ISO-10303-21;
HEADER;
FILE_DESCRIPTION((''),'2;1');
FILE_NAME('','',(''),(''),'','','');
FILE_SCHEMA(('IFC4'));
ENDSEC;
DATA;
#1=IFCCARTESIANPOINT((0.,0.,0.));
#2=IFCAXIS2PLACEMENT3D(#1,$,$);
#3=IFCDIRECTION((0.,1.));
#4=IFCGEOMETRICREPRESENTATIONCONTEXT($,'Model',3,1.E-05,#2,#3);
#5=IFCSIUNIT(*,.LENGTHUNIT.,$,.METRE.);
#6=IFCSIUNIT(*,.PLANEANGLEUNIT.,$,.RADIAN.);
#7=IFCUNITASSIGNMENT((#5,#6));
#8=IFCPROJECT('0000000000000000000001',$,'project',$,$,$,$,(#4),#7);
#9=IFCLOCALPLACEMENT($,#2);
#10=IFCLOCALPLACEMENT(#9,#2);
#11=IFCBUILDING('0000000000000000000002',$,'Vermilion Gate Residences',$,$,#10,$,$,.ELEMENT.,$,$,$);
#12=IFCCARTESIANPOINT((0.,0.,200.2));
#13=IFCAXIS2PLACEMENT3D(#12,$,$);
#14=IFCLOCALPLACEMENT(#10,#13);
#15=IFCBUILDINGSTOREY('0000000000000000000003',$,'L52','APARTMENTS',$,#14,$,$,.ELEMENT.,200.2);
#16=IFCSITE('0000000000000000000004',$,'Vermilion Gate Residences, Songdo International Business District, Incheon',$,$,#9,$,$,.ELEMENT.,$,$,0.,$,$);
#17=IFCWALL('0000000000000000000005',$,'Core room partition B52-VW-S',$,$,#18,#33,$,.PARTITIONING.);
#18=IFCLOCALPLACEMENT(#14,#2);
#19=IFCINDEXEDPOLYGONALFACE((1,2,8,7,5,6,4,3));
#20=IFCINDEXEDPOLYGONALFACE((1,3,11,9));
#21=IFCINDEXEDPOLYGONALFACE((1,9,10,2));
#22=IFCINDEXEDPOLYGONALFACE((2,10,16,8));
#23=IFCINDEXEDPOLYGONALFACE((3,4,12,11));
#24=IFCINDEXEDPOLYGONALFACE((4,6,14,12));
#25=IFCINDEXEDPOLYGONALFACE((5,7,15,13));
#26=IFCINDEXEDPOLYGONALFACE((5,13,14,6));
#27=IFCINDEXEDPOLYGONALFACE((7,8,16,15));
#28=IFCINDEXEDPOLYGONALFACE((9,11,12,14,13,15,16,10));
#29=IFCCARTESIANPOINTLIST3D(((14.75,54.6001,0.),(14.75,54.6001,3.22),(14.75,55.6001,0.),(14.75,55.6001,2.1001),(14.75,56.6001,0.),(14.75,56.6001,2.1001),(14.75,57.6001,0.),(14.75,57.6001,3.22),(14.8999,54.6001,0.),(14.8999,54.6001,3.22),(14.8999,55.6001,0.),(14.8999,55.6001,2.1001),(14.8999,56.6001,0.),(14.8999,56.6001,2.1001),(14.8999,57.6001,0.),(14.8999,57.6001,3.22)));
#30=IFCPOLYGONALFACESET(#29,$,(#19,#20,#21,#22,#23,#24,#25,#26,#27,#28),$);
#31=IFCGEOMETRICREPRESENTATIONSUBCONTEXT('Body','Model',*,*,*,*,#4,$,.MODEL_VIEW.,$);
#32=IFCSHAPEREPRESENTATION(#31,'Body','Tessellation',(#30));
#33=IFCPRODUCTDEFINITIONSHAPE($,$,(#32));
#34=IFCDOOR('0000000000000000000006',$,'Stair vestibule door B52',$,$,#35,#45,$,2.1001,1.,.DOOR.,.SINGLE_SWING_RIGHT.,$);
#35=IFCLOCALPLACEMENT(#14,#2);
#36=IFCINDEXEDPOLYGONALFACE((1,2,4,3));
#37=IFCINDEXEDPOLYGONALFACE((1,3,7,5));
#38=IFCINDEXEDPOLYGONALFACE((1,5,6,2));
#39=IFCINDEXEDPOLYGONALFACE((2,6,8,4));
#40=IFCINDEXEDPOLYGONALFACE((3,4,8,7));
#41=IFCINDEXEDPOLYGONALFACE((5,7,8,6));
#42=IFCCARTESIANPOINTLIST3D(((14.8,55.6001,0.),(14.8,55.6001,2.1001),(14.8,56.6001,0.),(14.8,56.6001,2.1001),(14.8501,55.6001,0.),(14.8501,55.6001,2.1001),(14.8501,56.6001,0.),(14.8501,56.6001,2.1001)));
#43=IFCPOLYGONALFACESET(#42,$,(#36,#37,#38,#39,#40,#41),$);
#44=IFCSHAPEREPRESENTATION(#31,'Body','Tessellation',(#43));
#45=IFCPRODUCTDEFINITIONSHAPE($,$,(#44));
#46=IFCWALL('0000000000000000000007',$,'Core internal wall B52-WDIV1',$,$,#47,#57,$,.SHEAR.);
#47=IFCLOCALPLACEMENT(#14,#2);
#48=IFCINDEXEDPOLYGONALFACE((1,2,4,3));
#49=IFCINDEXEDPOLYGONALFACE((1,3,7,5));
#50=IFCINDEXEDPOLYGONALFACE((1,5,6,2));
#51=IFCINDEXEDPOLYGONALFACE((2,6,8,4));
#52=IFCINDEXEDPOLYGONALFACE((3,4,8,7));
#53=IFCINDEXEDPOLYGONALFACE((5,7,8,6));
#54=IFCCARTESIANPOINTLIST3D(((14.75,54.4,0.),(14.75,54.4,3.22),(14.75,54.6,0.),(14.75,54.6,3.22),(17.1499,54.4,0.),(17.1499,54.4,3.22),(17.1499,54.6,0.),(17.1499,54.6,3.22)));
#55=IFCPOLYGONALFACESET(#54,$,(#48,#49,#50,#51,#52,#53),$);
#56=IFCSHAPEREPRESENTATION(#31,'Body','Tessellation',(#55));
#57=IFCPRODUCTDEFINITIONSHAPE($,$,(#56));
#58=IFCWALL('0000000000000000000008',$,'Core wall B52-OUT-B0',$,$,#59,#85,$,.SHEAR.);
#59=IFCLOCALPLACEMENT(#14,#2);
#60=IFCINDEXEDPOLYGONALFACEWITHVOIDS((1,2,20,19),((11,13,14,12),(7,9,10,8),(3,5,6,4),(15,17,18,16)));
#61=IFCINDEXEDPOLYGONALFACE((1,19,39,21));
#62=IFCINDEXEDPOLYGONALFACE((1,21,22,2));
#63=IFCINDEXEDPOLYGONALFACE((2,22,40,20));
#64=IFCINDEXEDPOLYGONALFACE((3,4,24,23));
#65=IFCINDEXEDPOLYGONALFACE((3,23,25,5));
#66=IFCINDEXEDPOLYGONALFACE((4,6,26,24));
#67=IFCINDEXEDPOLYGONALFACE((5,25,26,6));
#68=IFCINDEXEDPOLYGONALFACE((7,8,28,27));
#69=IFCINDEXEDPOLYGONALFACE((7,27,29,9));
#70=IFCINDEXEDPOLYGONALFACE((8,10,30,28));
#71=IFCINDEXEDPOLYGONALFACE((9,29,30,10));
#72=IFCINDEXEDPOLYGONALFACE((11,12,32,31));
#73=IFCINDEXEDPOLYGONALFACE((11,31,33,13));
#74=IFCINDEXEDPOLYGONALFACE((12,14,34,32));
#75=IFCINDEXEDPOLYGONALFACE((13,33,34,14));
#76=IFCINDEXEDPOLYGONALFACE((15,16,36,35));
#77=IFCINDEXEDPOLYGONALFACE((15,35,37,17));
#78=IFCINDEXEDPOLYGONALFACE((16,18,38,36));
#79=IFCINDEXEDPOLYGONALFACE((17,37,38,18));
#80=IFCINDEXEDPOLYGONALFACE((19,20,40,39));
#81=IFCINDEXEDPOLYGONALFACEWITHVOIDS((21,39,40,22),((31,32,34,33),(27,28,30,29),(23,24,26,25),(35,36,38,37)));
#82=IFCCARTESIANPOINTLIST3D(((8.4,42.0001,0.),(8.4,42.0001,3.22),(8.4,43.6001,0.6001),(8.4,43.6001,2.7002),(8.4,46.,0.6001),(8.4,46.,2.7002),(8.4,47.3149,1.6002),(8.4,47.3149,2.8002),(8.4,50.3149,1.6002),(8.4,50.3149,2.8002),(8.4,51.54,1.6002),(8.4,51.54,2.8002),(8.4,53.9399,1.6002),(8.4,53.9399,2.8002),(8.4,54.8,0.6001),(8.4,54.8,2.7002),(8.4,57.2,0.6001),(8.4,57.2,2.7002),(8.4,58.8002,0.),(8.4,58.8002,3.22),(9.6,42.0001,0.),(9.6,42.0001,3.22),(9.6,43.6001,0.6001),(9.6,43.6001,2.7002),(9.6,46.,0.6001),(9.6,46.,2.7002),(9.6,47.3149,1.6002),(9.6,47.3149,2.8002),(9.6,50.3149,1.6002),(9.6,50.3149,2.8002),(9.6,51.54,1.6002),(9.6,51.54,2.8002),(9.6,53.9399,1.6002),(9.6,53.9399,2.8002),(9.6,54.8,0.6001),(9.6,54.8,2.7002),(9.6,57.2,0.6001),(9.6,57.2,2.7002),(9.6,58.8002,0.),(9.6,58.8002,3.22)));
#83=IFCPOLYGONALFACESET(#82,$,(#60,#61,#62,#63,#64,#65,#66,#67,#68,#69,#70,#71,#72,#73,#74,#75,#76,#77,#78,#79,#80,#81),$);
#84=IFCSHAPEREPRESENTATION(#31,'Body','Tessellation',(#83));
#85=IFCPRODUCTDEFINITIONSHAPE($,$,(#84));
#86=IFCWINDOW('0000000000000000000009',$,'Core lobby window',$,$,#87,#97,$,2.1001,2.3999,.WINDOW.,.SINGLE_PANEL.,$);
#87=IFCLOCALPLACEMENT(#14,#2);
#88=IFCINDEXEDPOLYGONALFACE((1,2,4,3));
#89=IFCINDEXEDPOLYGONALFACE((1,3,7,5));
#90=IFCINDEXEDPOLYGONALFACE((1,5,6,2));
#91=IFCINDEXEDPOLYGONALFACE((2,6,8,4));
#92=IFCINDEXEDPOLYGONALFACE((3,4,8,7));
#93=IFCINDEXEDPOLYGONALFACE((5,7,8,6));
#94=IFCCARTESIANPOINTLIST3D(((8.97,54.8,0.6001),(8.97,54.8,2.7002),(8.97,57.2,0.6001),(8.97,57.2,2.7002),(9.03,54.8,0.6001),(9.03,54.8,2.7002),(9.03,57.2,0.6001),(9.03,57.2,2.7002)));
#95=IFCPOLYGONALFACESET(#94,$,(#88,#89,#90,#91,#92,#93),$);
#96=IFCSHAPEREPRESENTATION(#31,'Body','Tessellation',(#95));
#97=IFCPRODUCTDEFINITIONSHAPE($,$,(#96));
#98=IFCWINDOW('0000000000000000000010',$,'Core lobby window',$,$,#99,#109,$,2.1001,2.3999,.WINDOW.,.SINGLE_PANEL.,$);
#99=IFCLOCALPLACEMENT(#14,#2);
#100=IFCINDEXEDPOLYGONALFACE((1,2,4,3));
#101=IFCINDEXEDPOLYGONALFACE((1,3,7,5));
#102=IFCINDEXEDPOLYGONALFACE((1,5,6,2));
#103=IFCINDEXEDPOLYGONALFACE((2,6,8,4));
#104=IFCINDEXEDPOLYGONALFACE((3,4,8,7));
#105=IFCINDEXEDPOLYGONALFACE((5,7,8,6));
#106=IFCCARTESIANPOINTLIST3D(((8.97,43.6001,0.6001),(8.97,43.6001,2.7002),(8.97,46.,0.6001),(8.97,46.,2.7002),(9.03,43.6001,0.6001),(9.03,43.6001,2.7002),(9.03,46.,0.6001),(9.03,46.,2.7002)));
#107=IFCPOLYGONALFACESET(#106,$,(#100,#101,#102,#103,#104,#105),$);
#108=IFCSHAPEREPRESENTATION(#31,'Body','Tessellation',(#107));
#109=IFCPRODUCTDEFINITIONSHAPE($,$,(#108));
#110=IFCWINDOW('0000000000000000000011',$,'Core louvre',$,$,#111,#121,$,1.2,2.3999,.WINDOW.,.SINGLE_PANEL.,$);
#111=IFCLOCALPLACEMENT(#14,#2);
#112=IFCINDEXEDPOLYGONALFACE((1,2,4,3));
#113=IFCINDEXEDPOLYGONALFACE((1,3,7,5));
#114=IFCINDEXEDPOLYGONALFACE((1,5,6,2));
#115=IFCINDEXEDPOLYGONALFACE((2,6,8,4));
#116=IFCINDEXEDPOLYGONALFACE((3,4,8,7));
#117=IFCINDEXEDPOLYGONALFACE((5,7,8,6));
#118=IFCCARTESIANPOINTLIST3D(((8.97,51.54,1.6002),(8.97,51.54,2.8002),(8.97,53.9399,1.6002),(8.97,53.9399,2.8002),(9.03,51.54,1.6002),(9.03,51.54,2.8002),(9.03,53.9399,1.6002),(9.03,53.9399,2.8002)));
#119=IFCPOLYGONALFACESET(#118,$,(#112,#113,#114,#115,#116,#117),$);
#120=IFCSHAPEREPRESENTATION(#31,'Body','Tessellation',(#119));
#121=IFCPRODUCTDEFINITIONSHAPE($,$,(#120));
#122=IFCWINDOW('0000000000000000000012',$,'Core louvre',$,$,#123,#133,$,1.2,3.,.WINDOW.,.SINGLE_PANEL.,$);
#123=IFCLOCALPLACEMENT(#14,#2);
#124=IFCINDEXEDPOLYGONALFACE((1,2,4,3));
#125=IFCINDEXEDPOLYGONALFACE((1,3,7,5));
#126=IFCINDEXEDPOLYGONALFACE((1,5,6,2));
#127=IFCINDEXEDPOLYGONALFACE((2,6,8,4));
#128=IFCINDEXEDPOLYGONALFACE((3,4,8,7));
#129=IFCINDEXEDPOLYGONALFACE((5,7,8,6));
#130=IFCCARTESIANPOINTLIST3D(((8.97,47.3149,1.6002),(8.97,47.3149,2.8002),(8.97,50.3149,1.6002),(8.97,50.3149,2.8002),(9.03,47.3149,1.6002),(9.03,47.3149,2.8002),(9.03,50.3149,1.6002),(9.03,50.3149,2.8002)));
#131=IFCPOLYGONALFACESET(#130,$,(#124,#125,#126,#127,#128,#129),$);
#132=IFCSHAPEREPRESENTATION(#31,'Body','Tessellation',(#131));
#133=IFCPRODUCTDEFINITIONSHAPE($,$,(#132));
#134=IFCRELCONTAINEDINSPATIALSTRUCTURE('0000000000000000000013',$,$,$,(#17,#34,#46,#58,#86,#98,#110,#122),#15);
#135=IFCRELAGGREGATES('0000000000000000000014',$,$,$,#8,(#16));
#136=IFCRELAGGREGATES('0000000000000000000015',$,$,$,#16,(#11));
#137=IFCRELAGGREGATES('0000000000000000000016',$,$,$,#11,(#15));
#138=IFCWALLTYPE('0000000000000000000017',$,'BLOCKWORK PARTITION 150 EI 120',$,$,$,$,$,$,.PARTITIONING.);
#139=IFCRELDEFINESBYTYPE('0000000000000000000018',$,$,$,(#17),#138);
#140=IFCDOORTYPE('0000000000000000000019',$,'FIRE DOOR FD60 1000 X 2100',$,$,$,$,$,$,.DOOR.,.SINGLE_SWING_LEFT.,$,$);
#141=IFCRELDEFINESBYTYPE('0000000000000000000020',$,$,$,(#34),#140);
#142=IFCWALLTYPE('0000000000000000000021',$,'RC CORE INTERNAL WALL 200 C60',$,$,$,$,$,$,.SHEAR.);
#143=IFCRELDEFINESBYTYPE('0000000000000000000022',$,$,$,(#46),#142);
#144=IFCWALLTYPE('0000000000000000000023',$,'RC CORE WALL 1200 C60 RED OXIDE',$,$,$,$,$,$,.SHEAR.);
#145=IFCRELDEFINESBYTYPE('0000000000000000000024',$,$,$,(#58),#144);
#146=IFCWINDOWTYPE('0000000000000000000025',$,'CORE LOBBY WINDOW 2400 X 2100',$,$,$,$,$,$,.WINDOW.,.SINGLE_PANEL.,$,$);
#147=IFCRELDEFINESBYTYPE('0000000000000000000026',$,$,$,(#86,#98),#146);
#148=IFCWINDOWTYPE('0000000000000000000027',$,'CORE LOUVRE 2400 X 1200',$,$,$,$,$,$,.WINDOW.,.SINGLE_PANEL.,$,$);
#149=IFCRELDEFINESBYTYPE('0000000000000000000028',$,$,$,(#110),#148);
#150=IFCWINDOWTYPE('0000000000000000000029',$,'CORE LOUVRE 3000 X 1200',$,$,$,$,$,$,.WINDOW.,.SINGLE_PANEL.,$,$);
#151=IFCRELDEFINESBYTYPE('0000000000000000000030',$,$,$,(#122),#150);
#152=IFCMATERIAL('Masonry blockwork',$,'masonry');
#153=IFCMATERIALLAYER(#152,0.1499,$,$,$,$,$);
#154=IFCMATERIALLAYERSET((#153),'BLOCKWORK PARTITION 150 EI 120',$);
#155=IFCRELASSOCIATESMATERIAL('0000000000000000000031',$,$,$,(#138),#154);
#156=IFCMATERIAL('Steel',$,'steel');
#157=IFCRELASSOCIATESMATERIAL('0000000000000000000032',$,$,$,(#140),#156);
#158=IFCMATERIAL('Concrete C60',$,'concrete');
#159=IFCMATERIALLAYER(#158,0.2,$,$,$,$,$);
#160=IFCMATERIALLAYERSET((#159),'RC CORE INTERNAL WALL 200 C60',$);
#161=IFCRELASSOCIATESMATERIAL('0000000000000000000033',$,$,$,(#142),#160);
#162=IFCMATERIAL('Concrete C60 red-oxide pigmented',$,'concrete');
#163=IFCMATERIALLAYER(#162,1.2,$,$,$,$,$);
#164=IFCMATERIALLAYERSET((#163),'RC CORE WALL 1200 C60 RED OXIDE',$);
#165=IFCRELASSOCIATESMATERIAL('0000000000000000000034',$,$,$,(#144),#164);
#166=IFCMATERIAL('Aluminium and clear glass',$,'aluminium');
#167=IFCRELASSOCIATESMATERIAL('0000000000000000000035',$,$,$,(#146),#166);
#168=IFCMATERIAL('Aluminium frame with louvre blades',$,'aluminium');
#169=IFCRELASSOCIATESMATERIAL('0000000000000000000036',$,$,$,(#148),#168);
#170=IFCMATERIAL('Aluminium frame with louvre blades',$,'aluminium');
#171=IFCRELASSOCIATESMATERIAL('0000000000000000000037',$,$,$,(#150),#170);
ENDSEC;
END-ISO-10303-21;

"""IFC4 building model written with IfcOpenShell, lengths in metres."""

from ifc_helpers import new_model, si_unit, direction, frame, frame_2d, origin, place, context, subcontext, project, spatial, rectangle, extrude, material, layer, layer_set, type_object, element, fill, save


model = new_model("IFC4")

# Units and contexts
model_context = context("Model", 3, precision=1e-05, world=origin(), true_north=direction((0.0, 1.0)))
body_context = subcontext(model_context, "Body", "Model", "MODEL_VIEW")
ifc_project = project(units=[si_unit("LENGTHUNIT", "METRE"), si_unit("PLANEANGLEUNIT", "RADIAN")], contexts=[model_context])

# Site, building, storey
site_placement = place(None, origin())
site = spatial("IfcSite", under=ifc_project, at=site_placement, Name="Vermilion Gate Residences, Songdo International Business District, Incheon", CompositionType="ELEMENT", RefElevation=0.0)
building_placement = place(site_placement, origin())
building = spatial("IfcBuilding", under=site, at=building_placement, Name="Vermilion Gate Residences", CompositionType="ELEMENT")
storey_placement = place(building_placement, frame((0.0, 0.0, 200.2)))
storey = spatial("IfcBuildingStorey", under=building, at=storey_placement, Name="L52", Description="APARTMENTS", CompositionType="ELEMENT", Elevation=200.2)

# Wall, opening, door
ifc_material_1 = material(Name="Masonry blockwork", Category="masonry")
ifc_layer_1 = layer(ifc_material_1, 0.1499)
ifc_layer_set_1 = layer_set([ifc_layer_1], Name="BLOCKWORK PARTITION 150 EI 120")
wall_type_1 = type_object("IfcWallType", Name="BLOCKWORK PARTITION 150 EI 120", PredefinedType="PARTITIONING", material=ifc_layer_set_1)
wall_1_placement = place(storey_placement, frame((14.825, 57.6001, 0.0), z_axis=(0.0, 0.0, 1.0), x_axis=(0.0, -1.0, 0.0)))
wall_1 = element("IfcWall", 1, at=wall_1_placement, inside=storey, type_object=wall_type_1, Name="Core room partition B52-VW-S", PredefinedType="PARTITIONING", context=body_context, shape_type="SweptSolid", body=[
    extrude(rectangle(XDim=3.0, YDim=0.1499, at=frame_2d((1.5, 0.0))), origin(), (0.0, 0.0, 1.0), 3.22),
])
opening_1_placement = place(wall_1_placement, frame((1.0, 0.0, 0.0)))
opening_1 = element("IfcOpeningElement", 2, at=opening_1_placement, cuts=wall_1, PredefinedType="OPENING", context=body_context, shape_type="SweptSolid", body=[
    extrude(rectangle(XDim=1.0, YDim=2.1001, at=frame_2d((0.5, 1.05))), frame((0.0, 0.085, 0.0), z_axis=(0.0, -1.0, 0.0), x_axis=(1.0, 0.0, 0.0)), (0.0, 0.0, 1.0), 0.1699),
])
ifc_material_2 = material(Name="Steel", Category="steel")
door_type = type_object("IfcDoorType", Name="FIRE DOOR FD60 1000 X 2100", OperationType="SINGLE_SWING_LEFT", PredefinedType="DOOR", material=ifc_material_2)
door_placement = place(opening_1_placement, frame((1.0, 0.0, 0.0), z_axis=(0.0, 0.0, 1.0), x_axis=(-1.0, 0.0, 0.0)))
door = element("IfcDoor", 3, at=door_placement, inside=storey, type_object=door_type, Name="Stair vestibule door B52", OperationType="SINGLE_SWING_RIGHT", OverallHeight=2.1001, OverallWidth=1.0, PredefinedType="DOOR", context=body_context, shape_type="SweptSolid", body=[
    extrude(rectangle(XDim=1.0, YDim=2.1001, at=frame_2d((0.5, 1.05))), frame((0.0, 0.0249, 0.0), z_axis=(0.0, -1.0, 0.0), x_axis=(1.0, 0.0, 0.0)), (0.0, 0.0, 1.0), 0.05),
])
fill(opening_1, door)

# Wall
ifc_material_3 = material(Name="Concrete C60", Category="concrete")
ifc_layer_2 = layer(ifc_material_3, 0.2)
ifc_layer_set_2 = layer_set([ifc_layer_2], Name="RC CORE INTERNAL WALL 200 C60")
wall_type_2 = type_object("IfcWallType", Name="RC CORE INTERNAL WALL 200 C60", PredefinedType="SHEAR", material=ifc_layer_set_2)
wall_2_placement = place(storey_placement, frame((14.75, 54.5, 0.0), z_axis=(0.0, 0.0, 1.0), x_axis=(1.0, 0.0, 0.0)))
element("IfcWall", 4, at=wall_2_placement, inside=storey, type_object=wall_type_2, Name="Core internal wall B52-WDIV1", PredefinedType="SHEAR", context=body_context, shape_type="SweptSolid", body=[
    extrude(rectangle(XDim=2.3999, YDim=0.2, at=frame_2d((1.2, 0.0))), origin(), (0.0, 0.0, 1.0), 3.22),
])

# Wall, openings, windows
ifc_material_4 = material(Name="Concrete C60 red-oxide pigmented", Category="concrete")
ifc_layer_3 = layer(ifc_material_4, 1.2)
ifc_layer_set_3 = layer_set([ifc_layer_3], Name="RC CORE WALL 1200 C60 RED OXIDE")
wall_type_3 = type_object("IfcWallType", Name="RC CORE WALL 1200 C60 RED OXIDE", PredefinedType="SHEAR", material=ifc_layer_set_3)
wall_3_placement = place(storey_placement, frame((9.0, 58.8, 0.0), z_axis=(0.0, 0.0, 1.0), x_axis=(0.0, -1.0, 0.0)))
wall_3 = element("IfcWall", 5, at=wall_3_placement, inside=storey, type_object=wall_type_3, Name="Core wall B52-OUT-B0", PredefinedType="SHEAR", context=body_context, shape_type="SweptSolid", body=[
    extrude(rectangle(XDim=16.8, YDim=1.2, at=frame_2d((8.3999, 0.0))), origin(), (0.0, 0.0, 1.0), 3.22),
])
opening_2_placement = place(wall_3_placement, frame((1.6001, 0.0, 0.6001)))
opening_2 = element("IfcOpeningElement", 6, at=opening_2_placement, cuts=wall_3, PredefinedType="OPENING", context=body_context, shape_type="SweptSolid", body=[
    extrude(rectangle(XDim=2.3999, YDim=2.1001, at=frame_2d((1.2, 1.05))), frame((0.0, 0.6099, 0.0), z_axis=(0.0, -1.0, 0.0), x_axis=(1.0, 0.0, 0.0)), (0.0, 0.0, 1.0), 1.22),
])
opening_3_placement = place(wall_3_placement, frame((4.8601, 0.0, 1.6001)))
opening_3 = element("IfcOpeningElement", 7, at=opening_3_placement, cuts=wall_3, PredefinedType="OPENING", context=body_context, shape_type="SweptSolid", body=[
    extrude(rectangle(XDim=2.3999, YDim=1.2, at=frame_2d((1.2, 0.6001))), frame((0.0, 0.6099, 0.0), z_axis=(0.0, -1.0, 0.0), x_axis=(1.0, 0.0, 0.0)), (0.0, 0.0, 1.0), 1.22),
])
opening_4_placement = place(wall_3_placement, frame((8.4851, 0.0, 1.6001)))
opening_4 = element("IfcOpeningElement", 8, at=opening_4_placement, cuts=wall_3, PredefinedType="OPENING", context=body_context, shape_type="SweptSolid", body=[
    extrude(rectangle(XDim=3.0, YDim=1.2, at=frame_2d((1.5, 0.6001))), frame((0.0, 0.6099, 0.0), z_axis=(0.0, -1.0, 0.0), x_axis=(1.0, 0.0, 0.0)), (0.0, 0.0, 1.0), 1.22),
])
opening_5_placement = place(wall_3_placement, frame((12.8, 0.0, 0.6001)))
opening_5 = element("IfcOpeningElement", 9, at=opening_5_placement, cuts=wall_3, PredefinedType="OPENING", context=body_context, shape_type="SweptSolid", body=[
    extrude(rectangle(XDim=2.3999, YDim=2.1001, at=frame_2d((1.2, 1.05))), frame((0.0, 0.6099, 0.0), z_axis=(0.0, -1.0, 0.0), x_axis=(1.0, 0.0, 0.0)), (0.0, 0.0, 1.0), 1.22),
])
ifc_material_5 = material(Name="Aluminium and clear glass", Category="aluminium")
window_type_1 = type_object("IfcWindowType", Name="CORE LOBBY WINDOW 2400 X 2100", PartitioningType="SINGLE_PANEL", PredefinedType="WINDOW", material=ifc_material_5)
window_1_placement = place(opening_2_placement, origin())
window_1 = element("IfcWindow", 10, at=window_1_placement, inside=storey, type_object=window_type_1, Name="Core lobby window", OverallHeight=2.1001, OverallWidth=2.3999, PartitioningType="SINGLE_PANEL", PredefinedType="WINDOW", context=body_context, shape_type="SweptSolid", body=[
    extrude(rectangle(XDim=2.3999, YDim=2.1001, at=frame_2d((1.2, 1.05))), frame((0.0, 0.03, 0.0), z_axis=(0.0, -1.0, 0.0), x_axis=(1.0, 0.0, 0.0)), (0.0, 0.0, 1.0), 0.0601),
])
fill(opening_2, window_1)
window_2_placement = place(opening_5_placement, origin())
window_2 = element("IfcWindow", 11, at=window_2_placement, inside=storey, type_object=window_type_1, Name="Core lobby window", OverallHeight=2.1001, OverallWidth=2.3999, PartitioningType="SINGLE_PANEL", PredefinedType="WINDOW", context=body_context, shape_type="SweptSolid", body=[
    extrude(rectangle(XDim=2.3999, YDim=2.1001, at=frame_2d((1.2, 1.05))), frame((0.0, 0.03, 0.0), z_axis=(0.0, -1.0, 0.0), x_axis=(1.0, 0.0, 0.0)), (0.0, 0.0, 1.0), 0.0601),
])
fill(opening_5, window_2)
ifc_material_6 = material(Name="Aluminium frame with louvre blades", Category="aluminium")
window_type_2 = type_object("IfcWindowType", Name="CORE LOUVRE 2400 X 1200", PartitioningType="SINGLE_PANEL", PredefinedType="WINDOW", material=ifc_material_6)
window_3_placement = place(opening_3_placement, origin())
window_3 = element("IfcWindow", 12, at=window_3_placement, inside=storey, type_object=window_type_2, Name="Core louvre", OverallHeight=1.2, OverallWidth=2.3999, PartitioningType="SINGLE_PANEL", PredefinedType="WINDOW", context=body_context, shape_type="SweptSolid", body=[
    extrude(rectangle(XDim=2.3999, YDim=1.2, at=frame_2d((1.2, 0.6001))), frame((0.0, 0.03, 0.0), z_axis=(0.0, -1.0, 0.0), x_axis=(1.0, 0.0, 0.0)), (0.0, 0.0, 1.0), 0.0601),
])
fill(opening_3, window_3)
ifc_material_7 = material(Name="Aluminium frame with louvre blades", Category="aluminium")
window_type_3 = type_object("IfcWindowType", Name="CORE LOUVRE 3000 X 1200", PartitioningType="SINGLE_PANEL", PredefinedType="WINDOW", material=ifc_material_7)
window_4_placement = place(opening_4_placement, origin())
window_4 = element("IfcWindow", 13, at=window_4_placement, inside=storey, type_object=window_type_3, Name="Core louvre", OverallHeight=1.2, OverallWidth=3.0, PartitioningType="SINGLE_PANEL", PredefinedType="WINDOW", context=body_context, shape_type="SweptSolid", body=[
    extrude(rectangle(XDim=3.0, YDim=1.2, at=frame_2d((1.5, 0.6001))), frame((0.0, 0.03, 0.0), z_axis=(0.0, -1.0, 0.0), x_axis=(1.0, 0.0, 0.0)), (0.0, 0.0, 1.0), 0.0601),
])
fill(opening_4, window_4)

save(model, "model.ifc")
